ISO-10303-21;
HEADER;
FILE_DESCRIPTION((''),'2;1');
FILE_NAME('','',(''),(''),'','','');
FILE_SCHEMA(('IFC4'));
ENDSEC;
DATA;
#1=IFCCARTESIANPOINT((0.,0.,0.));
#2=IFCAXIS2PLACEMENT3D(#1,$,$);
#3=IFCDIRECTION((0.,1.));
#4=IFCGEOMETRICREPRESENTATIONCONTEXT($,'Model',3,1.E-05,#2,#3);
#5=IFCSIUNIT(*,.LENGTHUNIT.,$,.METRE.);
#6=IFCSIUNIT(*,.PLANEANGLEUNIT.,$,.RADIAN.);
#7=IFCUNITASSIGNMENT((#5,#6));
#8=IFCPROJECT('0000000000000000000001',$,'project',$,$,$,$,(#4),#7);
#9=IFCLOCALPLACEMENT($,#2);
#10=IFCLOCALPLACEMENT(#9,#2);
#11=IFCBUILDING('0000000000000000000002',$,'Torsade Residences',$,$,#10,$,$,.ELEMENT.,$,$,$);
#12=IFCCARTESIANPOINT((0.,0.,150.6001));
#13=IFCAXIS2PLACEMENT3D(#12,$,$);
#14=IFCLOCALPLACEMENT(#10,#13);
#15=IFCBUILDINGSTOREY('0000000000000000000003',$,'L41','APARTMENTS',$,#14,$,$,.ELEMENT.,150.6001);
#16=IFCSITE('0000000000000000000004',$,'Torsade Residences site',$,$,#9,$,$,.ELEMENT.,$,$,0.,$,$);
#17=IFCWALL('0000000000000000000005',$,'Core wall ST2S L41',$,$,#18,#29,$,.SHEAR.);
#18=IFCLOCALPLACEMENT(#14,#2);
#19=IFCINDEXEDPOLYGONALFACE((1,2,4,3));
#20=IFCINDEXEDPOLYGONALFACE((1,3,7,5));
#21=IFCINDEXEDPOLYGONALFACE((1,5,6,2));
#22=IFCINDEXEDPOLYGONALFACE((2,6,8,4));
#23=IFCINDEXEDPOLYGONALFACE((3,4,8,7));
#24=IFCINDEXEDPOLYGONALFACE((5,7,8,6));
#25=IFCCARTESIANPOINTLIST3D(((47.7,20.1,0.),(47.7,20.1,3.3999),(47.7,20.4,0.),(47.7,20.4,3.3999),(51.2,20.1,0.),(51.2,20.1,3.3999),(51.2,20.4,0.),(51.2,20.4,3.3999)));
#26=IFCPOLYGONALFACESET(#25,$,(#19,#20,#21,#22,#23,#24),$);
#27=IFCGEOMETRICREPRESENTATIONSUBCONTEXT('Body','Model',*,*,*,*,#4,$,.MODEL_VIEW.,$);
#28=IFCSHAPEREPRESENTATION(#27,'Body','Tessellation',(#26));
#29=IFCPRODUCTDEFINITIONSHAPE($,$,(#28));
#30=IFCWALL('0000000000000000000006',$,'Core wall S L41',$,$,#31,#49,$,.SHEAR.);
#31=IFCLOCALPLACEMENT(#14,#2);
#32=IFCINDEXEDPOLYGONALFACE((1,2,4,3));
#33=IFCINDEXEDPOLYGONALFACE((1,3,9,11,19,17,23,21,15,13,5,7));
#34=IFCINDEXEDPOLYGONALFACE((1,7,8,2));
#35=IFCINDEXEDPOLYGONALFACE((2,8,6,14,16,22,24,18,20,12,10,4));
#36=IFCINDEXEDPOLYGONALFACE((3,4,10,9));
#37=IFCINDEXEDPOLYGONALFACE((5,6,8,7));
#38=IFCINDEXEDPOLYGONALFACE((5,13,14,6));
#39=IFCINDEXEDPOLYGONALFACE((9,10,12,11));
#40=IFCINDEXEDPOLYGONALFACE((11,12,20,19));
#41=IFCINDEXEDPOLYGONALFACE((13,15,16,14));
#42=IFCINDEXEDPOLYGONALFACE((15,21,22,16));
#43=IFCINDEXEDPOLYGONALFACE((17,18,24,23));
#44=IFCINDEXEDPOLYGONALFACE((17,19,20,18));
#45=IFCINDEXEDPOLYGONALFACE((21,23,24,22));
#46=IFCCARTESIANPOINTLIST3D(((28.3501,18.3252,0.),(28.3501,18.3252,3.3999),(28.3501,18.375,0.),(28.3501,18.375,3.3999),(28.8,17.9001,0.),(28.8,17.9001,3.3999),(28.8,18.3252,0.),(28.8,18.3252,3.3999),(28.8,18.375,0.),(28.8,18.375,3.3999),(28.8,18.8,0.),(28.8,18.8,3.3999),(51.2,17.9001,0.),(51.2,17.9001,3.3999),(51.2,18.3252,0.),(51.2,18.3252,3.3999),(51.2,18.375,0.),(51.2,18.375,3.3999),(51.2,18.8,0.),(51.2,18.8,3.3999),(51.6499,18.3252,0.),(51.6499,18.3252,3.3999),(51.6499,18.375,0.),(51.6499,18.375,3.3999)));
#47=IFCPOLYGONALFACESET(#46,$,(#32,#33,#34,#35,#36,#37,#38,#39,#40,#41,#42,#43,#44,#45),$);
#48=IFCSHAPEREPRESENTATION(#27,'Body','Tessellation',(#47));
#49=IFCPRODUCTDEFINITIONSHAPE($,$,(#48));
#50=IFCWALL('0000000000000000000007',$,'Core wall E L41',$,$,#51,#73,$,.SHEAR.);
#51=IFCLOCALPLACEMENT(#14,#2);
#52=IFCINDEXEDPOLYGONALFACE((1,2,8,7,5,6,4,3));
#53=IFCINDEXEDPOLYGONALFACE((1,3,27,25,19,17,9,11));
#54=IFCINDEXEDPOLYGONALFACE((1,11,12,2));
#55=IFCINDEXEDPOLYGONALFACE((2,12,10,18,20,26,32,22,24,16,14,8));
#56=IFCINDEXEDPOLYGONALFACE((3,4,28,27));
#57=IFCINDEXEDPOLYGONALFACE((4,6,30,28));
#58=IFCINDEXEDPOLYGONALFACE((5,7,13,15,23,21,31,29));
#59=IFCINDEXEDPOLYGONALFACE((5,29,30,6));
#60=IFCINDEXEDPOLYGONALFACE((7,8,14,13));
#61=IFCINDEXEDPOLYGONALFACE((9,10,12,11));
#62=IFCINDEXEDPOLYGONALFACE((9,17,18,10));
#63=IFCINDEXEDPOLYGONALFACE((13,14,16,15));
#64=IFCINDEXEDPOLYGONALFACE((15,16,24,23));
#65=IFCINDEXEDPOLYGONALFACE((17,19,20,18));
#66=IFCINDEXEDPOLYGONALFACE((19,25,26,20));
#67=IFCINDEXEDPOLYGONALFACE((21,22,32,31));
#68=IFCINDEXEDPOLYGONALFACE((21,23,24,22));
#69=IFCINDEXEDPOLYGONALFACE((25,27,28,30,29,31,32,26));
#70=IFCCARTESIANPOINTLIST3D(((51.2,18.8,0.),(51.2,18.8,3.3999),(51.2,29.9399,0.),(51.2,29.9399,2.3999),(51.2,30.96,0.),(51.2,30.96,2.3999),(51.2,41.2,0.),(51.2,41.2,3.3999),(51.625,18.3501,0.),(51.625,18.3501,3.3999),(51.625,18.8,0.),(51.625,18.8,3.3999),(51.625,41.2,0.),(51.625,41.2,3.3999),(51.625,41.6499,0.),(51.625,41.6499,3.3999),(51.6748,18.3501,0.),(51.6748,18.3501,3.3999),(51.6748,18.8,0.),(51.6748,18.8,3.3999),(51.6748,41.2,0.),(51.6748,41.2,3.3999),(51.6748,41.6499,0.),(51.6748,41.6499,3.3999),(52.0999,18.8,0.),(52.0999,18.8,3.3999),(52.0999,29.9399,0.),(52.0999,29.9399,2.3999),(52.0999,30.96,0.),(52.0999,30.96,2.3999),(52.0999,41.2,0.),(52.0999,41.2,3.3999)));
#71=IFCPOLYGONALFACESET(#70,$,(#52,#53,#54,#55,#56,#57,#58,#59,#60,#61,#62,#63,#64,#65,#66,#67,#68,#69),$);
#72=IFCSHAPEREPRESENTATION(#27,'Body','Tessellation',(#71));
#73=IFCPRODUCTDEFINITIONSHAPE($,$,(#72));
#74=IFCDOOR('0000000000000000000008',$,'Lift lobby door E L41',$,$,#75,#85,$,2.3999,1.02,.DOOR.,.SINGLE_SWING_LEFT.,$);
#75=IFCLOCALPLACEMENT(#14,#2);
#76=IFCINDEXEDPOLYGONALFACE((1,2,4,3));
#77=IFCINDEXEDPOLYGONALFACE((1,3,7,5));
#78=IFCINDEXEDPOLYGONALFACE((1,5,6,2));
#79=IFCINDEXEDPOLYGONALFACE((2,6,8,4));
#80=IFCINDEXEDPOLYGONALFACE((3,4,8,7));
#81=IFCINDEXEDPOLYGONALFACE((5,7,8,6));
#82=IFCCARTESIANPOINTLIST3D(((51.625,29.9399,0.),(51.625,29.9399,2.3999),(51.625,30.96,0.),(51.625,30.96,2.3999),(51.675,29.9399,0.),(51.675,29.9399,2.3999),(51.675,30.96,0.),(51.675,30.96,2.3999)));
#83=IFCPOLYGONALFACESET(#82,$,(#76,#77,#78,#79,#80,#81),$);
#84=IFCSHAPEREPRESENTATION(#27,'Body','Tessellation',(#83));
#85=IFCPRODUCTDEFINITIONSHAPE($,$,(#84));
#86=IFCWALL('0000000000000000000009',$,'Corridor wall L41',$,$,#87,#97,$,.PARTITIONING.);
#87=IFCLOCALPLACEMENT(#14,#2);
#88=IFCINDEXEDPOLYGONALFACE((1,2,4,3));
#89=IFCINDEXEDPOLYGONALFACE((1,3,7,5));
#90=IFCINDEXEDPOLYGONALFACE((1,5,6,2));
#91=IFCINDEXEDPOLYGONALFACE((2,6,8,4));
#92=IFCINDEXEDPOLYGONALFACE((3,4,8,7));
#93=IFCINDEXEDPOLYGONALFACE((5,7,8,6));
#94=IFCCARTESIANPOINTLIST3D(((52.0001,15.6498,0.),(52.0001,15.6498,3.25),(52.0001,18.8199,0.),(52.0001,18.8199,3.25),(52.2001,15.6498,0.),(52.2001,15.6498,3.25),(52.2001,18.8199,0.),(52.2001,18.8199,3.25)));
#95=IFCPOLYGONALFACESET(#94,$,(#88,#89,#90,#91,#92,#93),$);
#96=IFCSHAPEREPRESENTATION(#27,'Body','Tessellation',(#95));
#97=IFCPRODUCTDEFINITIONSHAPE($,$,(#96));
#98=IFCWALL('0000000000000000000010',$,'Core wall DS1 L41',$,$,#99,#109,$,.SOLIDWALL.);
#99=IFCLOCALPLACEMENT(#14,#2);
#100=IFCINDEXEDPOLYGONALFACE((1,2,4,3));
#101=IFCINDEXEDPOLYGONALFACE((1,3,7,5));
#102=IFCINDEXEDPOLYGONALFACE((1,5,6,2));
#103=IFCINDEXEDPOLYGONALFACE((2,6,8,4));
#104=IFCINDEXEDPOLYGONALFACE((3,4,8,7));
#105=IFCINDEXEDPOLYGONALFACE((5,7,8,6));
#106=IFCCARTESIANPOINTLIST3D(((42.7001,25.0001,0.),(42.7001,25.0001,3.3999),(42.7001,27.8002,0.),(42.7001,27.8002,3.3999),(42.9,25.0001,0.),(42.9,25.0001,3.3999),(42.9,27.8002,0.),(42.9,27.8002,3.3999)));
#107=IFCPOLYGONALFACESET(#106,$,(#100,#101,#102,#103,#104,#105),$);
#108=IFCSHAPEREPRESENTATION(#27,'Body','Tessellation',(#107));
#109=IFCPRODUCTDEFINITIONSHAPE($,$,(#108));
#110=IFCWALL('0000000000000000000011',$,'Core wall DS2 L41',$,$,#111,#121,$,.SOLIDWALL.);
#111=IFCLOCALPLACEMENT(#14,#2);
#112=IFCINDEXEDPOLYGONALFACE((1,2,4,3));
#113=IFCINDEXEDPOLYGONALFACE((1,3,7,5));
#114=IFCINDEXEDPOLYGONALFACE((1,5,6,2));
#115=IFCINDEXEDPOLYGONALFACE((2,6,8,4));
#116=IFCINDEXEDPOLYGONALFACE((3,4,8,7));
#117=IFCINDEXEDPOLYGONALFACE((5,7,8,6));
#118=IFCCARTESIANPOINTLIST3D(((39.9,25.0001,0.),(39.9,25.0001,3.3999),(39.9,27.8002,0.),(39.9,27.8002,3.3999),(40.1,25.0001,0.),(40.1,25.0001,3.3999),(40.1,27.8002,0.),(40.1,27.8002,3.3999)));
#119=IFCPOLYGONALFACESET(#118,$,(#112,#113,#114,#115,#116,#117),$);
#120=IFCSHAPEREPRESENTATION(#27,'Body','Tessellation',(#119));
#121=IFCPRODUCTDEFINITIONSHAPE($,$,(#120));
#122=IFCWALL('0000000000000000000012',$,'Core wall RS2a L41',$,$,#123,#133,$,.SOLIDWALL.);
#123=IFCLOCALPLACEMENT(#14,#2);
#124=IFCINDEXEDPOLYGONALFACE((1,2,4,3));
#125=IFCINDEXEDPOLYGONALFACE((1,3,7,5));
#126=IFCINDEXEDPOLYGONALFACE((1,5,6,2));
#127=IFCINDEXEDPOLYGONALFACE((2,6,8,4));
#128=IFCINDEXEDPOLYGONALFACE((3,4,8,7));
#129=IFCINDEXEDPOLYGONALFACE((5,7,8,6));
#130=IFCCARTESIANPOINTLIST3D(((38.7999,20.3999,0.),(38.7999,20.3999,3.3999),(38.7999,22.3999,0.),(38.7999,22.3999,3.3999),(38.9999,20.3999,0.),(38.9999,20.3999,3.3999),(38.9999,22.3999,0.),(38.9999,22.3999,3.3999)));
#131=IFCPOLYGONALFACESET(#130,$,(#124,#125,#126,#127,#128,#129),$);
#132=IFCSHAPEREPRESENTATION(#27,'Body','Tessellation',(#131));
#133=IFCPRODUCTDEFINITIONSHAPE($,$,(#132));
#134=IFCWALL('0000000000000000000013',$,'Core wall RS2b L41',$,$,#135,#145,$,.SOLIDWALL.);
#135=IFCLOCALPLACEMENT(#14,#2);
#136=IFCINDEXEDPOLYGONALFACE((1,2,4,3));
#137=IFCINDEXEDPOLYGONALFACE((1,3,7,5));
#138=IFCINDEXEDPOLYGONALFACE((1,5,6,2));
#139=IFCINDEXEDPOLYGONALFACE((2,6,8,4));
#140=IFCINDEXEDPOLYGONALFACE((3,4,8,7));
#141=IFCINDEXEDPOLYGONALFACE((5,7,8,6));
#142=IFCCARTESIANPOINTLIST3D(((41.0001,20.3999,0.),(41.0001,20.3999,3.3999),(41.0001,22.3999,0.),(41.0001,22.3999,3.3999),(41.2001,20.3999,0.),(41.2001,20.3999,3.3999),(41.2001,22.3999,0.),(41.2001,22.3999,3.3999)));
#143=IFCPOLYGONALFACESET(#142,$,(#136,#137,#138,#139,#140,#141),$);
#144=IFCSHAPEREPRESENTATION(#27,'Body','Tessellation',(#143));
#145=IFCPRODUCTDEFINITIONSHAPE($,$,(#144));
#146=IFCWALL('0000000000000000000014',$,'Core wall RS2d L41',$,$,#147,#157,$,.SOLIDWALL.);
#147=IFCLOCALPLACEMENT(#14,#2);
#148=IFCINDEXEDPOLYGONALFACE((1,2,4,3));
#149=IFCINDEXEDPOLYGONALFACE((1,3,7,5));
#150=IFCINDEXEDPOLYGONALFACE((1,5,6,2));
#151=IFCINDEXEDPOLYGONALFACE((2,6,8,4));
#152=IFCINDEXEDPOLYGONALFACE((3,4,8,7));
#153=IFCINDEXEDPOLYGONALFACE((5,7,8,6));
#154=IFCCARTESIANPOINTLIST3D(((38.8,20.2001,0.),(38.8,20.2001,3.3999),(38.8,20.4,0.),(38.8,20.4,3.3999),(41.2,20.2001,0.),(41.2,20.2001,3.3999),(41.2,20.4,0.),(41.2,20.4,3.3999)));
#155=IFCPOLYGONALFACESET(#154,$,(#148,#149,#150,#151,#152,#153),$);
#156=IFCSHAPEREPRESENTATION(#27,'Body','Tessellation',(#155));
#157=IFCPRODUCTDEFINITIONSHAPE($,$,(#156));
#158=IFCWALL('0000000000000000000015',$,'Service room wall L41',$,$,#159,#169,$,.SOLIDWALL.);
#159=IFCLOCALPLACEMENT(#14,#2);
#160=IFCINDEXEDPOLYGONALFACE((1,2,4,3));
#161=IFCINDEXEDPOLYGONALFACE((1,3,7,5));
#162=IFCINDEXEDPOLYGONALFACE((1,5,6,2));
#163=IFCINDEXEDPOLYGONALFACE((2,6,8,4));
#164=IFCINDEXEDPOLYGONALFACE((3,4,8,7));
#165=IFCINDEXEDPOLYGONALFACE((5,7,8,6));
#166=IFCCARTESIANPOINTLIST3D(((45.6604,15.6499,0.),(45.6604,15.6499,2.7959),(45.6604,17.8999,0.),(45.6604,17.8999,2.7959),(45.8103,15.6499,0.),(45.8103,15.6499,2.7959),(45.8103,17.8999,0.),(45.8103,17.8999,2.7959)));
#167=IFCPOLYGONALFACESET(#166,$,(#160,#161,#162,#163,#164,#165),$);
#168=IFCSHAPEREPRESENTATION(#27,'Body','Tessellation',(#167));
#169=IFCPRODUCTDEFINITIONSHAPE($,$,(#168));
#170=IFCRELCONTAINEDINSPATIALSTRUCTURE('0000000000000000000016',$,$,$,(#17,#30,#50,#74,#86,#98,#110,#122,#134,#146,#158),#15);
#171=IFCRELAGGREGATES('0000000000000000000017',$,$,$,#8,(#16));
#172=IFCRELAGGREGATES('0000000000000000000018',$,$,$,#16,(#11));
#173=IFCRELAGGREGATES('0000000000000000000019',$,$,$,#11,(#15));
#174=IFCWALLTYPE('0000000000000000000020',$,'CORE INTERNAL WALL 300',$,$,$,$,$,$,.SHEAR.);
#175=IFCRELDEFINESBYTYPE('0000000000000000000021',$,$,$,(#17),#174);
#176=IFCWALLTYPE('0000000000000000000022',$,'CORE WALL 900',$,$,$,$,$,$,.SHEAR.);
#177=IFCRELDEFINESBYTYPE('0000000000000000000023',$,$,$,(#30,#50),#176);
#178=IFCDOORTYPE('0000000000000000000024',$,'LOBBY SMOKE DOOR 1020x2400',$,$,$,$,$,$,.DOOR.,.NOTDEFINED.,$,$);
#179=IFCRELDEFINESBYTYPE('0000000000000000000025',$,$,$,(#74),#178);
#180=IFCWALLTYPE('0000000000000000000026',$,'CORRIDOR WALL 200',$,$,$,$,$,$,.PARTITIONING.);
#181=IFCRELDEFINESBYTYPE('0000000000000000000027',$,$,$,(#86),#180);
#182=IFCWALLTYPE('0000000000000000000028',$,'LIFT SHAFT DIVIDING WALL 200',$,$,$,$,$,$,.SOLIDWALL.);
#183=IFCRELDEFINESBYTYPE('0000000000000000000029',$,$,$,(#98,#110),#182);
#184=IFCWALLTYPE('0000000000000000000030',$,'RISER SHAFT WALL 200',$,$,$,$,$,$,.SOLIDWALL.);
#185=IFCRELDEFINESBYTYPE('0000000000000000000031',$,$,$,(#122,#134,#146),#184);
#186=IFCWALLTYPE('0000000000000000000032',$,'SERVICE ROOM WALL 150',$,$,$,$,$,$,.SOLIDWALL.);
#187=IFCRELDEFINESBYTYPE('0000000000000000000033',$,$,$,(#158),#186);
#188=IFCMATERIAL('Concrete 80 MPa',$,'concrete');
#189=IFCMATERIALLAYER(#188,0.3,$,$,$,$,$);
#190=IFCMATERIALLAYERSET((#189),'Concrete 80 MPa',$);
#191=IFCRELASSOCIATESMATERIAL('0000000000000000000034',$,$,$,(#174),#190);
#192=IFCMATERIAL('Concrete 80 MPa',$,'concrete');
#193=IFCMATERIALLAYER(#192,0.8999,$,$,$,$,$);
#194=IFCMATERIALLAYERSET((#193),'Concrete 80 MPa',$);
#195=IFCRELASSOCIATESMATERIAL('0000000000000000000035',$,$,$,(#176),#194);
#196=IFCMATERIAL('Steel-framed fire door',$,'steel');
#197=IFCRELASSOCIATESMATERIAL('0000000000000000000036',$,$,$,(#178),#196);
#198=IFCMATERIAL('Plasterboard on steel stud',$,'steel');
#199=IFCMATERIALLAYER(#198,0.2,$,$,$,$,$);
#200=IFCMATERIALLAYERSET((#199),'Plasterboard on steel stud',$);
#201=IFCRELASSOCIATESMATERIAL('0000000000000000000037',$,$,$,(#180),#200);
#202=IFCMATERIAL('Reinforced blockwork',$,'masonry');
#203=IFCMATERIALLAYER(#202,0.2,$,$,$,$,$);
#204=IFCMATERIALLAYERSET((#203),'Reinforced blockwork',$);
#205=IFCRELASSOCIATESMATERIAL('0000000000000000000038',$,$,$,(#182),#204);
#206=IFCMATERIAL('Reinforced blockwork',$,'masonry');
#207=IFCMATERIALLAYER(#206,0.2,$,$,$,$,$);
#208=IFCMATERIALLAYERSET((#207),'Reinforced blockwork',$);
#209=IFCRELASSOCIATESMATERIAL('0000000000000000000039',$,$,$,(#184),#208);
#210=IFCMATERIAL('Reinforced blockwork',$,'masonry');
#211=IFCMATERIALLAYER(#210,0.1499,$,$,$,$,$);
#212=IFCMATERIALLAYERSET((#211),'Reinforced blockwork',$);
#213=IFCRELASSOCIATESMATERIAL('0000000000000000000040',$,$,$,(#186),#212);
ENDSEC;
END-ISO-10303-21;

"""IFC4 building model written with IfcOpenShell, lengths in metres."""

from ifc_helpers import new_model, si_unit, direction, frame, frame_2d, origin, place, context, subcontext, project, spatial, polyline, rectangle, outline, extrude, material, layer, layer_set, type_object, element, fill, save


model = new_model("IFC4")

# Units and contexts
model_context = context("Model", 3, precision=1e-05, world=origin(), true_north=direction((0.0, 1.0)))
body_context = subcontext(model_context, "Body", "Model", "MODEL_VIEW")
ifc_project = project(units=[si_unit("LENGTHUNIT", "METRE"), si_unit("PLANEANGLEUNIT", "RADIAN")], contexts=[model_context])

# Site, building, storey
site_placement = place(None, origin())
site = spatial("IfcSite", under=ifc_project, at=site_placement, Name="Torsade Residences site", CompositionType="ELEMENT", RefElevation=0.0)
building_placement = place(site_placement, origin())
building = spatial("IfcBuilding", under=site, at=building_placement, Name="Torsade Residences", CompositionType="ELEMENT")
storey_placement = place(building_placement, frame((0.0, 0.0, 150.6001)))
storey = spatial("IfcBuildingStorey", under=building, at=storey_placement, Name="L41", Description="APARTMENTS", CompositionType="ELEMENT", Elevation=150.6001)

# Shared definitions
ifc_material_1 = material(Name="Concrete 80 MPa", Category="concrete")
ifc_layer_1 = layer(ifc_material_1, 0.3)
ifc_layer_set_1 = layer_set([ifc_layer_1], Name="Concrete 80 MPa")
wall_type_1 = type_object("IfcWallType", Name="CORE INTERNAL WALL 300", PredefinedType="SHEAR", material=ifc_layer_set_1)

# Walls
wall_1_placement = place(storey_placement, frame((51.2, 20.25, 0.0), z_axis=(0.0, 0.0, 1.0), x_axis=(-1.0, 0.0, 0.0)))
element("IfcWall", 1, at=wall_1_placement, inside=storey, type_object=wall_type_1, Name="Core wall ST2S L41", PredefinedType="SHEAR", context=body_context, shape_type="SweptSolid", body=[
    extrude(rectangle(XDim=3.5, YDim=0.3, at=frame_2d((1.75, 0.0))), origin(), (0.0, 0.0, 1.0), 3.3999),
])
ifc_material_2 = material(Name="Concrete 80 MPa", Category="concrete")
ifc_layer_2 = layer(ifc_material_2, 0.8999)
ifc_layer_set_2 = layer_set([ifc_layer_2], Name="Concrete 80 MPa")
wall_type_2 = type_object("IfcWallType", Name="CORE WALL 900", PredefinedType="SHEAR", material=ifc_layer_set_2)
wall_2_placement = place(storey_placement, frame((51.2, 18.3501, 0.0), z_axis=(0.0, 0.0, 1.0), x_axis=(-1.0, 0.0, 0.0)))
element("IfcWall", 2, at=wall_2_placement, inside=storey, type_object=wall_type_2, Name="Core wall S L41", PredefinedType="SHEAR", context=body_context, shape_type="SweptSolid", body=[
    extrude(outline(polyline([(0.0, -0.45), (22.3999, -0.45), (22.3999, -0.0249), (22.8499, -0.0249), (22.8499, 0.0249), (22.3999, 0.0249), (22.3999, 0.45), (0.0, 0.45), (0.0, 0.0249), (-0.45, 0.0249), (-0.45, -0.0249), (0.0, -0.0249), (0.0, -0.45)])), origin(), (0.0, 0.0, 1.0), 3.3999),
])

# Wall, opening, door
wall_3_placement = place(storey_placement, frame((51.6499, 18.8, 0.0), z_axis=(0.0, 0.0, 1.0), x_axis=(0.0, 1.0, 0.0)))
wall_3 = element("IfcWall", 3, at=wall_3_placement, inside=storey, type_object=wall_type_2, Name="Core wall E L41", PredefinedType="SHEAR", context=body_context, shape_type="SweptSolid", body=[
    extrude(outline(polyline([(0.0, -0.45), (22.3999, -0.45), (22.3999, -0.0249), (22.8499, -0.0249), (22.8499, 0.0249), (22.3999, 0.0249), (22.3999, 0.45), (0.0, 0.45), (0.0, 0.0249), (-0.45, 0.0249), (-0.45, -0.0249), (0.0, -0.0249), (0.0, -0.45)])), origin(), (0.0, 0.0, 1.0), 3.3999),
])
opening_1_placement = place(wall_3_placement, frame((11.1399, 0.0, 0.0)))
opening_1 = element("IfcOpeningElement", 4, at=opening_1_placement, cuts=wall_3, PredefinedType="OPENING", context=body_context, shape_type="SweptSolid", body=[
    extrude(rectangle(XDim=1.02, YDim=2.3999, at=frame_2d((0.51, 1.2))), frame((0.0, 0.46, 0.0), z_axis=(0.0, -1.0, 0.0), x_axis=(1.0, 0.0, 0.0)), (0.0, 0.0, 1.0), 0.9199),
])
ifc_material_3 = material(Name="Steel-framed fire door", Category="steel")
door_type_1 = type_object("IfcDoorType", Name="LOBBY SMOKE DOOR 1020x2400", OperationType="NOTDEFINED", PredefinedType="DOOR", material=ifc_material_3)
door_1_placement = place(opening_1_placement, origin())
door_1 = element("IfcDoor", 5, at=door_1_placement, inside=storey, type_object=door_type_1, Name="Lift lobby door E L41", OperationType="SINGLE_SWING_LEFT", OverallHeight=2.3999, OverallWidth=1.02, PredefinedType="DOOR", context=body_context, shape_type="SweptSolid", body=[
    extrude(rectangle(XDim=1.02, YDim=2.3999, at=frame_2d((0.51, 1.2))), frame((0.0, 0.0249, 0.0), z_axis=(0.0, -1.0, 0.0), x_axis=(1.0, 0.0, 0.0)), (0.0, 0.0, 1.0), 0.05),
])
fill(opening_1, door_1)

# Walls
ifc_material_4 = material(Name="Plasterboard on steel stud", Category="steel")
ifc_layer_3 = layer(ifc_material_4, 0.2)
ifc_layer_set_3 = layer_set([ifc_layer_3], Name="Plasterboard on steel stud")
wall_type_3 = type_object("IfcWallType", Name="CORRIDOR WALL 200", PredefinedType="PARTITIONING", material=ifc_layer_set_3)
wall_4_placement = place(storey_placement, frame((52.1001, 15.6499, 0.0), z_axis=(0.0, 0.0, 1.0), x_axis=(0.0, 1.0, 0.0)))
element("IfcWall", 6, at=wall_4_placement, inside=storey, type_object=wall_type_3, Name="Corridor wall L41", PredefinedType="PARTITIONING", context=body_context, shape_type="SweptSolid", body=[
    extrude(rectangle(XDim=3.1702, YDim=0.2, at=frame_2d((1.585, 0.0))), origin(), (0.0, 0.0, 1.0), 3.25),
])
ifc_material_5 = material(Name="Reinforced blockwork", Category="masonry")
ifc_layer_4 = layer(ifc_material_5, 0.2)
ifc_layer_set_4 = layer_set([ifc_layer_4], Name="Reinforced blockwork")
wall_type_4 = type_object("IfcWallType", Name="LIFT SHAFT DIVIDING WALL 200", PredefinedType="SOLIDWALL", material=ifc_layer_set_4)
for number, where, z_axis, x_axis, name in (
    (7, (42.8, 27.8, 0.0), (0.0, 0.0, 1.0), (0.0, -1.0, 0.0), "Core wall DS1 L41"),
    (8, (40.0, 27.8, 0.0), (0.0, 0.0, 1.0), (0.0, -1.0, 0.0), "Core wall DS2 L41"),
):
    element("IfcWall", number, at=place(storey_placement, frame(where, z_axis=z_axis, x_axis=x_axis)), inside=storey, type_object=wall_type_4, Name=name, PredefinedType="SOLIDWALL", context=body_context, shape_type="SweptSolid", body=[
        extrude(rectangle(XDim=2.8, YDim=0.2, at=frame_2d((1.3999, 0.0))), origin(), (0.0, 0.0, 1.0), 3.3999),
    ])
ifc_material_6 = material(Name="Reinforced blockwork", Category="masonry")
ifc_layer_5 = layer(ifc_material_6, 0.2)
ifc_layer_set_5 = layer_set([ifc_layer_5], Name="Reinforced blockwork")
wall_type_5 = type_object("IfcWallType", Name="RISER SHAFT WALL 200", PredefinedType="SOLIDWALL", material=ifc_layer_set_5)
for number, where, z_axis, x_axis, name in (
    (9, (38.8999, 22.3999, 0.0), (0.0, 0.0, 1.0), (0.0, -1.0, 0.0), "Core wall RS2a L41"),
    (10, (41.1001, 22.3999, 0.0), (0.0, 0.0, 1.0), (0.0, -1.0, 0.0), "Core wall RS2b L41"),
):
    element("IfcWall", number, at=place(storey_placement, frame(where, z_axis=z_axis, x_axis=x_axis)), inside=storey, type_object=wall_type_5, Name=name, PredefinedType="SOLIDWALL", context=body_context, shape_type="SweptSolid", body=[
        extrude(rectangle(XDim=2.0, YDim=0.2, at=frame_2d((1.0, 0.0))), origin(), (0.0, 0.0, 1.0), 3.3999),
    ])
wall_5_placement = place(storey_placement, frame((38.8, 20.3, 0.0), z_axis=(0.0, 0.0, 1.0), x_axis=(1.0, 0.0, 0.0)))
element("IfcWall", 11, at=wall_5_placement, inside=storey, type_object=wall_type_5, Name="Core wall RS2d L41", PredefinedType="SOLIDWALL", context=body_context, shape_type="SweptSolid", body=[
    extrude(rectangle(XDim=2.3999, YDim=0.2, at=frame_2d((1.2, 0.0))), origin(), (0.0, 0.0, 1.0), 3.3999),
])
ifc_material_7 = material(Name="Reinforced blockwork", Category="masonry")
ifc_layer_6 = layer(ifc_material_7, 0.1499)
ifc_layer_set_6 = layer_set([ifc_layer_6], Name="Reinforced blockwork")
wall_type_6 = type_object("IfcWallType", Name="SERVICE ROOM WALL 150", PredefinedType="SOLIDWALL", material=ifc_layer_set_6)
wall_6_placement = place(storey_placement, frame((45.7354, 15.6499, 0.0), z_axis=(0.0, 0.0, 1.0), x_axis=(0.0, 1.0, 0.0)))
element("IfcWall", 12, at=wall_6_placement, inside=storey, type_object=wall_type_6, Name="Service room wall L41", PredefinedType="SOLIDWALL", context=body_context, shape_type="SweptSolid", body=[
    extrude(rectangle(XDim=2.25, YDim=0.1499, at=frame_2d((1.125, 0.0))), origin(), (0.0, 0.0, 1.0), 2.7959),
])

save(model, "model.ifc")
